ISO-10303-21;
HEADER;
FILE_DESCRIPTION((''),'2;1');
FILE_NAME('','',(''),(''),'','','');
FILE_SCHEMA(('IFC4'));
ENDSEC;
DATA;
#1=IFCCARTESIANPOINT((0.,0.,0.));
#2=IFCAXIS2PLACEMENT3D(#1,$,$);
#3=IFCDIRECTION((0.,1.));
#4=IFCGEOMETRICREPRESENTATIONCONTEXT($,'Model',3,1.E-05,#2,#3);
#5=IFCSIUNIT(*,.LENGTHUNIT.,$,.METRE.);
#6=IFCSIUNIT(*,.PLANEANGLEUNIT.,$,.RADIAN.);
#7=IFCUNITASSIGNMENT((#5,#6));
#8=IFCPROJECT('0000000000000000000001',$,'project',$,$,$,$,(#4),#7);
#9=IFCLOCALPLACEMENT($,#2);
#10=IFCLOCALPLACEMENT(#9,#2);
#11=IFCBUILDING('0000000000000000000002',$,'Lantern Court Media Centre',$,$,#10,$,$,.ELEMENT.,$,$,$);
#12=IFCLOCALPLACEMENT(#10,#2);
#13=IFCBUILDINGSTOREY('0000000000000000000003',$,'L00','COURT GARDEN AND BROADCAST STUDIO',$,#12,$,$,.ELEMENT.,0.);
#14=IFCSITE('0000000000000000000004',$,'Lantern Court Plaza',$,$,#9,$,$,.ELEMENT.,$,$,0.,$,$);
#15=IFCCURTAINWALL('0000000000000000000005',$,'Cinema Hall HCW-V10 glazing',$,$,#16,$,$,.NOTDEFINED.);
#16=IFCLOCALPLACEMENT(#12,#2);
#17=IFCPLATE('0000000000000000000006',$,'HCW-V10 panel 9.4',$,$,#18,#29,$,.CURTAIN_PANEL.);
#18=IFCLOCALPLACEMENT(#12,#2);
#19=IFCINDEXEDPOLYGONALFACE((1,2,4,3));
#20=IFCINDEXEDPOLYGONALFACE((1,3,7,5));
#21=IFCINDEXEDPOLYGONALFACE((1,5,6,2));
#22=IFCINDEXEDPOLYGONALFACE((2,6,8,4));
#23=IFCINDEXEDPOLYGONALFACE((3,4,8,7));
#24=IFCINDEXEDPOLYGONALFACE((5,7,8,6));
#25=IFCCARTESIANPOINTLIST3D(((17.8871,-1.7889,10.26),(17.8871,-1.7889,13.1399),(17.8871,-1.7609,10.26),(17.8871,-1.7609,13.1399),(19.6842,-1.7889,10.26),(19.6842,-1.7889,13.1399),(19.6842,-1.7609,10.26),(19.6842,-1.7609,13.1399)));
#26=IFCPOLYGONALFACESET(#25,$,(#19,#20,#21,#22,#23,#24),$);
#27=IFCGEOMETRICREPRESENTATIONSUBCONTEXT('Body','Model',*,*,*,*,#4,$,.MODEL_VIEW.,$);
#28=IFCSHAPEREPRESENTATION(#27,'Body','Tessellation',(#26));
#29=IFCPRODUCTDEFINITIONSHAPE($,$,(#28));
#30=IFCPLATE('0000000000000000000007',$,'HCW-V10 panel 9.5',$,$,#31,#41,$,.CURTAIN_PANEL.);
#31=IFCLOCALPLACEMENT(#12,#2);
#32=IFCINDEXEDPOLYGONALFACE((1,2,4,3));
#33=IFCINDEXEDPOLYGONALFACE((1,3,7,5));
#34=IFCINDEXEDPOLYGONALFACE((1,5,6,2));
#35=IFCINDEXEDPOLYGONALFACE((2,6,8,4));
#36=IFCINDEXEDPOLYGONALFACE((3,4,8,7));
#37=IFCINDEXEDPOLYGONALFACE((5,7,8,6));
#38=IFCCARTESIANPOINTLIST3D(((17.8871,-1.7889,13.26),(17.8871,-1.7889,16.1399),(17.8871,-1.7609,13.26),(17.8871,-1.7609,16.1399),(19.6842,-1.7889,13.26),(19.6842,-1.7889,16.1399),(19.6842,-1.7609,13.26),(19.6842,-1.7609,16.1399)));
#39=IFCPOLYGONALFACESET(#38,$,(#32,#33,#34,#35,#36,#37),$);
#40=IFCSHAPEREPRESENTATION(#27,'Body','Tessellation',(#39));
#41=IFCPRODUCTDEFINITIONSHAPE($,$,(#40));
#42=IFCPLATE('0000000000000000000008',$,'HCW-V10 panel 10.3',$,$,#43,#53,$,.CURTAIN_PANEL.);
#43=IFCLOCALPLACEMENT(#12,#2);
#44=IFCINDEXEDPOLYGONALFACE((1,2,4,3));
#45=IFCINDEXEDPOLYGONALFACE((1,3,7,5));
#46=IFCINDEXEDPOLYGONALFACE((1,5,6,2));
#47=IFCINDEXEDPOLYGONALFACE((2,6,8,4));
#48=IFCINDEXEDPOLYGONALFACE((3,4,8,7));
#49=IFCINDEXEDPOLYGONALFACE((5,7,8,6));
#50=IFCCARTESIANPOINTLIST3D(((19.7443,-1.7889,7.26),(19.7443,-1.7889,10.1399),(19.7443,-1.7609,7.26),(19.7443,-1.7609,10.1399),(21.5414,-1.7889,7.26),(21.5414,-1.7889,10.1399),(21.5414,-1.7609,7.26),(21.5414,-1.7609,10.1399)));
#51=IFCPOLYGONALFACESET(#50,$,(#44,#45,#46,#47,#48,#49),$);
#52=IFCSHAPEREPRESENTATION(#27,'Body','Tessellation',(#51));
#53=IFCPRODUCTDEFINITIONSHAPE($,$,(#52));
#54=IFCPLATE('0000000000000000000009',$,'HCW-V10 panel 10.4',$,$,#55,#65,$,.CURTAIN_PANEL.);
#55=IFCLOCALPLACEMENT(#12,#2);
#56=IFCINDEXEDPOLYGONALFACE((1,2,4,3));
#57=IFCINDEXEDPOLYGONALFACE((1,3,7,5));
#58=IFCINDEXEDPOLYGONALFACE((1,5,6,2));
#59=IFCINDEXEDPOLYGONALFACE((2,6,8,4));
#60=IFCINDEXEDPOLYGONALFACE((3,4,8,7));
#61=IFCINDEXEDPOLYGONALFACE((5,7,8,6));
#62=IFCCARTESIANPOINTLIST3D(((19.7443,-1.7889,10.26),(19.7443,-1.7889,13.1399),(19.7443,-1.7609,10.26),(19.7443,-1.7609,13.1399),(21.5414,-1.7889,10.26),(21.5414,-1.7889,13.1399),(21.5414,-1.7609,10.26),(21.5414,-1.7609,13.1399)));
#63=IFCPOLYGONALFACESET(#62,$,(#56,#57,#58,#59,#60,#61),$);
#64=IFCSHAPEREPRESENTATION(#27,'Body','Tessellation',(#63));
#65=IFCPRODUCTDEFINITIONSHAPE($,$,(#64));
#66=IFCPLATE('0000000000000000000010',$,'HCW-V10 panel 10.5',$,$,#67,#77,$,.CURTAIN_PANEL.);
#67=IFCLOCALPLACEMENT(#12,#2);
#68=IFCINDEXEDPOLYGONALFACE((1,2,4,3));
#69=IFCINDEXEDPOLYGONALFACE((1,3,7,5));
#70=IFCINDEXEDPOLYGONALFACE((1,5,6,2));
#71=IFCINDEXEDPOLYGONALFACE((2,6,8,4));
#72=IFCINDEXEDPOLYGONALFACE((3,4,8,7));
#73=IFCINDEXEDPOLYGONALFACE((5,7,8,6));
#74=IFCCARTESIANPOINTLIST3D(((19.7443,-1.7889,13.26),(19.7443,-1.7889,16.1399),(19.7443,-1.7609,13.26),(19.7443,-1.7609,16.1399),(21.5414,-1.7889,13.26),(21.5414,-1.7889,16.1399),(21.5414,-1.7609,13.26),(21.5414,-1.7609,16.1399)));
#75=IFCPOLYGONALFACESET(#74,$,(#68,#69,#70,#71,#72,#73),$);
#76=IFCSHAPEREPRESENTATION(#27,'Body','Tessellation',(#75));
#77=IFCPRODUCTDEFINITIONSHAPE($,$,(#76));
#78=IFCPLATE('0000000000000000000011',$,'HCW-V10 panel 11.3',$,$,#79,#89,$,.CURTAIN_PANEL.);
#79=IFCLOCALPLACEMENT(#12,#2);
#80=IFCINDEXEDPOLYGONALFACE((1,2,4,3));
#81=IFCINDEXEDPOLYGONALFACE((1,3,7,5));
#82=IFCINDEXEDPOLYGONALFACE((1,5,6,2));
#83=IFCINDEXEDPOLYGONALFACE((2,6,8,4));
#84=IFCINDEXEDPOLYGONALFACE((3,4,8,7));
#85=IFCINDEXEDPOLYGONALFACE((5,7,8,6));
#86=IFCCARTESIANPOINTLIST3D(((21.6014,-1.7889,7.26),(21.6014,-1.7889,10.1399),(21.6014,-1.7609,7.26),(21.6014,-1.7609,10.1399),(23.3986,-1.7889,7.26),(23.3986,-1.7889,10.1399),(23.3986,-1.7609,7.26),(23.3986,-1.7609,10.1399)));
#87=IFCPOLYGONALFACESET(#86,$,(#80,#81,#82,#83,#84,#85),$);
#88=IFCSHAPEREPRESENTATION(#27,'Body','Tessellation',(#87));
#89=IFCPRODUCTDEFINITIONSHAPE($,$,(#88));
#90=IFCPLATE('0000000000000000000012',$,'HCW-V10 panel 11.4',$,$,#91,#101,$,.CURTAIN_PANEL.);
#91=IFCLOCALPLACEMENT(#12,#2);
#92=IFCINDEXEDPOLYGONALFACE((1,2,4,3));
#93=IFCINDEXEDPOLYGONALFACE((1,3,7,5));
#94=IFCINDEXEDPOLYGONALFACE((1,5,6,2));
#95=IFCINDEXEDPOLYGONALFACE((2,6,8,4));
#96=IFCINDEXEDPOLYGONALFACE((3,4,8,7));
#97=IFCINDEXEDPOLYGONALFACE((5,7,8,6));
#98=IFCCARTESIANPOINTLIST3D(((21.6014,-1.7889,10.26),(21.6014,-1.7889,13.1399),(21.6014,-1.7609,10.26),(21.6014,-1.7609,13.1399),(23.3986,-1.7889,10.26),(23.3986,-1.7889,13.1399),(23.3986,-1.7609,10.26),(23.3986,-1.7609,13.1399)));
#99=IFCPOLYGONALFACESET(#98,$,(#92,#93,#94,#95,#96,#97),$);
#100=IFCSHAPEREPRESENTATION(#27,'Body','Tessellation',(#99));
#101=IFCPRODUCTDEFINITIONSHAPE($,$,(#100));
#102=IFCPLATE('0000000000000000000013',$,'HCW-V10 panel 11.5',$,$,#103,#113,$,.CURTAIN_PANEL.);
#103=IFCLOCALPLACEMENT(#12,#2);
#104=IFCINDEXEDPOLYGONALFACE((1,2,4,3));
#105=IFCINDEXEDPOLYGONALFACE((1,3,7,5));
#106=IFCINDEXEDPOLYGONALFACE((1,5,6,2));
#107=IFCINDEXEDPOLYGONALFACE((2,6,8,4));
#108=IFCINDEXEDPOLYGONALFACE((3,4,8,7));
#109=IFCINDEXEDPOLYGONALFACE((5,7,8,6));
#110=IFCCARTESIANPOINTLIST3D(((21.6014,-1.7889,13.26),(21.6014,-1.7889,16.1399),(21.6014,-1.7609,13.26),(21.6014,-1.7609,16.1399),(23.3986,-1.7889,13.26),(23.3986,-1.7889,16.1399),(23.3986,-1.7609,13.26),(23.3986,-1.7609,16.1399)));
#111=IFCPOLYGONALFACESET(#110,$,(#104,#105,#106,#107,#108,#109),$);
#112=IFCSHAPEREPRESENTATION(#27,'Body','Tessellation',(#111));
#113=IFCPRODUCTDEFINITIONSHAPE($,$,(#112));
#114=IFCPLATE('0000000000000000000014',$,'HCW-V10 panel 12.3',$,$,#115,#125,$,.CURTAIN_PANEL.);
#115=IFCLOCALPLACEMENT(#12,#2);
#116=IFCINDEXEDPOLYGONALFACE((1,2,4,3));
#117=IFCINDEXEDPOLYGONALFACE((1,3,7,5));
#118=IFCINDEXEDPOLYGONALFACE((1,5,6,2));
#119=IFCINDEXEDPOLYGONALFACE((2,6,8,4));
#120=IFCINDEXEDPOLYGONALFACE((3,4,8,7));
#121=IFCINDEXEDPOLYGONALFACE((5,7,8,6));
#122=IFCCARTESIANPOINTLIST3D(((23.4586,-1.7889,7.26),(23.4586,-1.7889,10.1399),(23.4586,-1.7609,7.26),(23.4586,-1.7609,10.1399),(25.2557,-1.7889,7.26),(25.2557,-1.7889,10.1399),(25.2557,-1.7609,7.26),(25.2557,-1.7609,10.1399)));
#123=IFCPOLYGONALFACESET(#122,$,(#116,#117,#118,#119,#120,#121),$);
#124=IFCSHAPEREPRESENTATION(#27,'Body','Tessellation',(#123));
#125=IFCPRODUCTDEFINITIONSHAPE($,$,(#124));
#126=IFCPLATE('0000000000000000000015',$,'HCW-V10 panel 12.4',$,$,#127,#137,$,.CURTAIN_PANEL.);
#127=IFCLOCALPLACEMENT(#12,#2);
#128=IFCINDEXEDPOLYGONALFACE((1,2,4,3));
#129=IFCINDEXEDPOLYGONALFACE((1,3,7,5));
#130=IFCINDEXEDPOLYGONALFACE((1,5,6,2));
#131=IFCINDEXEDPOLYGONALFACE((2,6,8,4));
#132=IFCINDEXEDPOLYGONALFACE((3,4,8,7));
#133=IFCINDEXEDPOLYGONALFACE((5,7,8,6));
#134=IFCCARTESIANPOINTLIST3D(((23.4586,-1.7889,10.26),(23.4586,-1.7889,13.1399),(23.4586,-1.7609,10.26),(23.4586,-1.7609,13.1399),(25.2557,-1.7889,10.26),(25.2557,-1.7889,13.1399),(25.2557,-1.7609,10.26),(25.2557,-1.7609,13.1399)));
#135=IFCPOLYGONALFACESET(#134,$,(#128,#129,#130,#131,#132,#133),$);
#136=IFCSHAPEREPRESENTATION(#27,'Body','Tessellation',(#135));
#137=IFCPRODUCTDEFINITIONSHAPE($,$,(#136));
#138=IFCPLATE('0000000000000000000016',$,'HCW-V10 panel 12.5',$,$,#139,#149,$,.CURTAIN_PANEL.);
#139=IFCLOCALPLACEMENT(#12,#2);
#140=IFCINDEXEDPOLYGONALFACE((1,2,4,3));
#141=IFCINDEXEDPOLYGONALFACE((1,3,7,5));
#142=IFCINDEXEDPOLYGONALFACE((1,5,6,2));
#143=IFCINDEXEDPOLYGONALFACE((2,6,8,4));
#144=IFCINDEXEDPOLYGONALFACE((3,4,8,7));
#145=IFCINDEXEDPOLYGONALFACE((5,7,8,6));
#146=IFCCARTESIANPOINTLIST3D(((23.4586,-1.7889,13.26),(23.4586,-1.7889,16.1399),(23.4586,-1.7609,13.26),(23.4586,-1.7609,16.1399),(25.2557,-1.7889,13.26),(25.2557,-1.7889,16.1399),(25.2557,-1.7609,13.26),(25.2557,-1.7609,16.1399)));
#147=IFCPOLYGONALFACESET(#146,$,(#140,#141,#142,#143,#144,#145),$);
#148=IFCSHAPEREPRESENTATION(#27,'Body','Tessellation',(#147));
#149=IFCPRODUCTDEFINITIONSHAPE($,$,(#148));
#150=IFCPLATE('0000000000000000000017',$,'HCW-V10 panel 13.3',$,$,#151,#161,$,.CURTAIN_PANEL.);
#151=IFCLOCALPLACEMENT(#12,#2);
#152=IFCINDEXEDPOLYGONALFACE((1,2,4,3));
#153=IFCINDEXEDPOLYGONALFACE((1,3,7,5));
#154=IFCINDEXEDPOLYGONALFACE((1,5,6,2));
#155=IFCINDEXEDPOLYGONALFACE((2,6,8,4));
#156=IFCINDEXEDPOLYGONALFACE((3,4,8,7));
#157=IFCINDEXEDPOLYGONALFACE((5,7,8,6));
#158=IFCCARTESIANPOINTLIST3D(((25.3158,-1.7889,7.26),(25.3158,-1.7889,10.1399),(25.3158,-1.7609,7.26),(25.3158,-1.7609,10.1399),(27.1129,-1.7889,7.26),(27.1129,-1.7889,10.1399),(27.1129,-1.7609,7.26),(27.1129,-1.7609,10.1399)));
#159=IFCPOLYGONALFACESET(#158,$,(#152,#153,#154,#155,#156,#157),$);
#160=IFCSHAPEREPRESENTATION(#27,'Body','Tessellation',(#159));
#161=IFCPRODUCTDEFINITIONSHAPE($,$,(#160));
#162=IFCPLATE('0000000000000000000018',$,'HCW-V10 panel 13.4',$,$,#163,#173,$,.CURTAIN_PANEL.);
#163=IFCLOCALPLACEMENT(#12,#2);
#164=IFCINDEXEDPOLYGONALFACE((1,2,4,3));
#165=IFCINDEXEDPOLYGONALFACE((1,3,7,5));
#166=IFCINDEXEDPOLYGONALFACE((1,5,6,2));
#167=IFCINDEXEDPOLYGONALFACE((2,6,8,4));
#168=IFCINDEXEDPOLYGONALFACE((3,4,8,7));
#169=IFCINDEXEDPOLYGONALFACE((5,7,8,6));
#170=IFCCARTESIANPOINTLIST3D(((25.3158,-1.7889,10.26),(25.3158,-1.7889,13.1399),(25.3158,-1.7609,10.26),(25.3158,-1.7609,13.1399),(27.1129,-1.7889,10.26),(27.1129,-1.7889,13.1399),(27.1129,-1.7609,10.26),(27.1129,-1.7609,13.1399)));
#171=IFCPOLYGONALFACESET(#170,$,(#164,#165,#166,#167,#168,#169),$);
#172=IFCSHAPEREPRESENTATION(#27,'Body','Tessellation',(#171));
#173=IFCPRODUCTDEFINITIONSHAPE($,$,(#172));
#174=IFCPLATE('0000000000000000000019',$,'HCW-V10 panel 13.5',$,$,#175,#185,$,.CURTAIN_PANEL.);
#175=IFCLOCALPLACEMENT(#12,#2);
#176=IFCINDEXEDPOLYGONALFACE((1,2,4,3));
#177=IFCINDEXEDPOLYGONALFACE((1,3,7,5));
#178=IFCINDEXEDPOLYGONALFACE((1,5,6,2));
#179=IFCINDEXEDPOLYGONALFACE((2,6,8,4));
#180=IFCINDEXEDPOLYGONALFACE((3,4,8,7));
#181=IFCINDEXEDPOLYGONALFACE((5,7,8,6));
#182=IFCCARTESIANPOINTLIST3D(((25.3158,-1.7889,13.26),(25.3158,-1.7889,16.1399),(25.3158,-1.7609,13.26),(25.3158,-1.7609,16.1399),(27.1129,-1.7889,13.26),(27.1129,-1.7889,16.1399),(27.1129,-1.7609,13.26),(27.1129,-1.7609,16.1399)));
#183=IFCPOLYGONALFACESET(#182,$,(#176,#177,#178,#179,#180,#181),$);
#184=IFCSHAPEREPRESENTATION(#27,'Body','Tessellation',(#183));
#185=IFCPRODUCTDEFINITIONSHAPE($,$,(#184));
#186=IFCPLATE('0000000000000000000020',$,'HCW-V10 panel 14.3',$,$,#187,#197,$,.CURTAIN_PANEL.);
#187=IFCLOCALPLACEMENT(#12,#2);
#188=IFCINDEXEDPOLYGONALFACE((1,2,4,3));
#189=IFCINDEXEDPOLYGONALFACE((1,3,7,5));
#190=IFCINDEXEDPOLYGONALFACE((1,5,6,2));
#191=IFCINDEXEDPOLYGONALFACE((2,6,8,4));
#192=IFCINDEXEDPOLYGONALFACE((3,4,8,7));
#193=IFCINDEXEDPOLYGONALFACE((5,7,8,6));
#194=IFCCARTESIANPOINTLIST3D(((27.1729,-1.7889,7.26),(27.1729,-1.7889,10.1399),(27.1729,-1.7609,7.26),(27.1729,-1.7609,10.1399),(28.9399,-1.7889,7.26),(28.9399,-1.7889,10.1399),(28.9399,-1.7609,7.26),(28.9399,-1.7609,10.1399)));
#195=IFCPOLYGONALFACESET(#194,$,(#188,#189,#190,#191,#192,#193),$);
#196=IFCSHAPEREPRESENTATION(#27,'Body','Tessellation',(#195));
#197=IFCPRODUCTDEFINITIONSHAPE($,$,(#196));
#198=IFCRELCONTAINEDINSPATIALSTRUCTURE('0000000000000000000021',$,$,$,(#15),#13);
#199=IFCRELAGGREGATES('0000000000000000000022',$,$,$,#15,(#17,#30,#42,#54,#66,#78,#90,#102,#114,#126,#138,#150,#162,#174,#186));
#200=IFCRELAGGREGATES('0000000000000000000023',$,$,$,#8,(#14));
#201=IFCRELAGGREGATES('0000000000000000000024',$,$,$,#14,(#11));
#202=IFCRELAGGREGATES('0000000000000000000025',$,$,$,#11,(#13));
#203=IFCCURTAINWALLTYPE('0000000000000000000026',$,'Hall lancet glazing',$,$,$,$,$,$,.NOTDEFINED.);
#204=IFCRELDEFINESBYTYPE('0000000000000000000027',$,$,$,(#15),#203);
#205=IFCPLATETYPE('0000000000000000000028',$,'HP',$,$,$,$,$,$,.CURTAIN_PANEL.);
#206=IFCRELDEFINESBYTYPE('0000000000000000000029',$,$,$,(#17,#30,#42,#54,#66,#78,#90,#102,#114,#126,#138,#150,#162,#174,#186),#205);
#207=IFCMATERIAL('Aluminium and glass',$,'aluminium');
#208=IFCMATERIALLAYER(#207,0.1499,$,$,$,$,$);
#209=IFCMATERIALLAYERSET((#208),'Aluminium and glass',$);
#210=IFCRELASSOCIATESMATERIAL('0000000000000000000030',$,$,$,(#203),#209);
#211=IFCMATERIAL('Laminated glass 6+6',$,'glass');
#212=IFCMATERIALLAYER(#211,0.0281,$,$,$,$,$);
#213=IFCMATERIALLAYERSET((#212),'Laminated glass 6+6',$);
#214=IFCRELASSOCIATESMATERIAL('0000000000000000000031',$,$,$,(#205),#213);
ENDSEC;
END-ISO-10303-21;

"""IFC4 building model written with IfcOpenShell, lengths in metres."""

from ifc_helpers import new_model, si_unit, direction, frame, origin, origin_2d, place, context, subcontext, project, spatial, rectangle, extrude, material, layer, layer_set, type_object, element, aggregate, save


model = new_model("IFC4")

# Units and contexts
model_context = context("Model", 3, precision=1e-05, world=origin(), true_north=direction((0.0, 1.0)))
body_context = subcontext(model_context, "Body", "Model", "MODEL_VIEW")
ifc_project = project(units=[si_unit("LENGTHUNIT", "METRE"), si_unit("PLANEANGLEUNIT", "RADIAN")], contexts=[model_context])

# Site, building, storey
site_placement = place(None, origin())
site = spatial("IfcSite", under=ifc_project, at=site_placement, Name="Lantern Court Plaza", CompositionType="ELEMENT", RefElevation=0.0)
building_placement = place(site_placement, origin())
building = spatial("IfcBuilding", under=site, at=building_placement, Name="Lantern Court Media Centre", CompositionType="ELEMENT")
storey_placement = place(building_placement, origin())
storey = spatial("IfcBuildingStorey", under=building, at=storey_placement, Name="L00", Description="COURT GARDEN AND BROADCAST STUDIO", CompositionType="ELEMENT", Elevation=0.0)

# Curtain wall, plates
ifc_material_1 = material(Name="Aluminium and glass", Category="aluminium")
ifc_layer_1 = layer(ifc_material_1, 0.1499)
ifc_layer_set_1 = layer_set([ifc_layer_1], Name="Aluminium and glass")
curtain_wall_type = type_object("IfcCurtainWallType", Name="Hall lancet glazing", PredefinedType="NOTDEFINED", material=ifc_layer_set_1)
curtain_wall_placement = place(storey_placement, origin())
curtain_wall = element("IfcCurtainWall", 1, at=curtain_wall_placement, inside=storey, type_object=curtain_wall_type, Name="Cinema Hall HCW-V10 glazing", PredefinedType="NOTDEFINED")
ifc_material_2 = material(Name="Laminated glass 6+6", Category="glass")
ifc_layer_2 = layer(ifc_material_2, 0.0281)
ifc_layer_set_2 = layer_set([ifc_layer_2], Name="Laminated glass 6+6")
plate_type = type_object("IfcPlateType", Name="HP", PredefinedType="CURTAIN_PANEL", material=ifc_layer_set_2)
plate_1_placement = place(storey_placement, frame((18.7856, -1.7749, 10.26), z_axis=(0.0, 0.0, 1.0), x_axis=(1.0, 0.0, 0.0)))
plate_1 = element("IfcPlate", 2, at=plate_1_placement, type_object=plate_type, Name="HCW-V10 panel 9.4", PredefinedType="CURTAIN_PANEL", context=body_context, shape_type="SweptSolid", body=[
    extrude(rectangle(XDim=1.7971, YDim=0.0281, at=origin_2d()), origin(), (0.0, 0.0, 1.0), 2.8799),
])
plate_2_placement = place(storey_placement, frame((18.7856, -1.7749, 13.26), z_axis=(0.0, 0.0, 1.0), x_axis=(1.0, 0.0, 0.0)))
plate_2 = element("IfcPlate", 3, at=plate_2_placement, type_object=plate_type, Name="HCW-V10 panel 9.5", PredefinedType="CURTAIN_PANEL", context=body_context, shape_type="SweptSolid", body=[
    extrude(rectangle(XDim=1.7971, YDim=0.0281, at=origin_2d()), origin(), (0.0, 0.0, 1.0), 2.8799),
])
plate_3_placement = place(storey_placement, frame((20.6428, -1.7749, 7.26), z_axis=(0.0, 0.0, 1.0), x_axis=(1.0, 0.0, 0.0)))
plate_3 = element("IfcPlate", 4, at=plate_3_placement, type_object=plate_type, Name="HCW-V10 panel 10.3", PredefinedType="CURTAIN_PANEL", context=body_context, shape_type="SweptSolid", body=[
    extrude(rectangle(XDim=1.7971, YDim=0.0281, at=origin_2d()), origin(), (0.0, 0.0, 1.0), 2.8799),
])
plate_4_placement = place(storey_placement, frame((20.6428, -1.7749, 10.26), z_axis=(0.0, 0.0, 1.0), x_axis=(1.0, 0.0, 0.0)))
plate_4 = element("IfcPlate", 5, at=plate_4_placement, type_object=plate_type, Name="HCW-V10 panel 10.4", PredefinedType="CURTAIN_PANEL", context=body_context, shape_type="SweptSolid", body=[
    extrude(rectangle(XDim=1.7971, YDim=0.0281, at=origin_2d()), origin(), (0.0, 0.0, 1.0), 2.8799),
])
plate_5_placement = place(storey_placement, frame((20.6428, -1.7749, 13.26), z_axis=(0.0, 0.0, 1.0), x_axis=(1.0, 0.0, 0.0)))
plate_5 = element("IfcPlate", 6, at=plate_5_placement, type_object=plate_type, Name="HCW-V10 panel 10.5", PredefinedType="CURTAIN_PANEL", context=body_context, shape_type="SweptSolid", body=[
    extrude(rectangle(XDim=1.7971, YDim=0.0281, at=origin_2d()), origin(), (0.0, 0.0, 1.0), 2.8799),
])
plate_6_placement = place(storey_placement, frame((22.5, -1.7749, 7.26), z_axis=(0.0, 0.0, 1.0), x_axis=(1.0, 0.0, 0.0)))
plate_6 = element("IfcPlate", 7, at=plate_6_placement, type_object=plate_type, Name="HCW-V10 panel 11.3", PredefinedType="CURTAIN_PANEL", context=body_context, shape_type="SweptSolid", body=[
    extrude(rectangle(XDim=1.7971, YDim=0.0281, at=origin_2d()), origin(), (0.0, 0.0, 1.0), 2.8799),
])
plate_7_placement = place(storey_placement, frame((22.5, -1.7749, 10.26), z_axis=(0.0, 0.0, 1.0), x_axis=(1.0, 0.0, 0.0)))
plate_7 = element("IfcPlate", 8, at=plate_7_placement, type_object=plate_type, Name="HCW-V10 panel 11.4", PredefinedType="CURTAIN_PANEL", context=body_context, shape_type="SweptSolid", body=[
    extrude(rectangle(XDim=1.7971, YDim=0.0281, at=origin_2d()), origin(), (0.0, 0.0, 1.0), 2.8799),
])
plate_8_placement = place(storey_placement, frame((22.5, -1.7749, 13.26), z_axis=(0.0, 0.0, 1.0), x_axis=(1.0, 0.0, 0.0)))
plate_8 = element("IfcPlate", 9, at=plate_8_placement, type_object=plate_type, Name="HCW-V10 panel 11.5", PredefinedType="CURTAIN_PANEL", context=body_context, shape_type="SweptSolid", body=[
    extrude(rectangle(XDim=1.7971, YDim=0.0281, at=origin_2d()), origin(), (0.0, 0.0, 1.0), 2.8799),
])
plate_9_placement = place(storey_placement, frame((24.3572, -1.7749, 7.26), z_axis=(0.0, 0.0, 1.0), x_axis=(1.0, 0.0, 0.0)))
plate_9 = element("IfcPlate", 10, at=plate_9_placement, type_object=plate_type, Name="HCW-V10 panel 12.3", PredefinedType="CURTAIN_PANEL", context=body_context, shape_type="SweptSolid", body=[
    extrude(rectangle(XDim=1.7971, YDim=0.0281, at=origin_2d()), origin(), (0.0, 0.0, 1.0), 2.8799),
])
plate_10_placement = place(storey_placement, frame((24.3572, -1.7749, 10.26), z_axis=(0.0, 0.0, 1.0), x_axis=(1.0, 0.0, 0.0)))
plate_10 = element("IfcPlate", 11, at=plate_10_placement, type_object=plate_type, Name="HCW-V10 panel 12.4", PredefinedType="CURTAIN_PANEL", context=body_context, shape_type="SweptSolid", body=[
    extrude(rectangle(XDim=1.7971, YDim=0.0281, at=origin_2d()), origin(), (0.0, 0.0, 1.0), 2.8799),
])
plate_11_placement = place(storey_placement, frame((24.3572, -1.7749, 13.26), z_axis=(0.0, 0.0, 1.0), x_axis=(1.0, 0.0, 0.0)))
plate_11 = element("IfcPlate", 12, at=plate_11_placement, type_object=plate_type, Name="HCW-V10 panel 12.5", PredefinedType="CURTAIN_PANEL", context=body_context, shape_type="SweptSolid", body=[
    extrude(rectangle(XDim=1.7971, YDim=0.0281, at=origin_2d()), origin(), (0.0, 0.0, 1.0), 2.8799),
])
plate_12_placement = place(storey_placement, frame((26.2144, -1.7749, 7.26), z_axis=(0.0, 0.0, 1.0), x_axis=(1.0, 0.0, 0.0)))
plate_12 = element("IfcPlate", 13, at=plate_12_placement, type_object=plate_type, Name="HCW-V10 panel 13.3", PredefinedType="CURTAIN_PANEL", context=body_context, shape_type="SweptSolid", body=[
    extrude(rectangle(XDim=1.7971, YDim=0.0281, at=origin_2d()), origin(), (0.0, 0.0, 1.0), 2.8799),
])
plate_13_placement = place(storey_placement, frame((26.2144, -1.7749, 10.26), z_axis=(0.0, 0.0, 1.0), x_axis=(1.0, 0.0, 0.0)))
plate_13 = element("IfcPlate", 14, at=plate_13_placement, type_object=plate_type, Name="HCW-V10 panel 13.4", PredefinedType="CURTAIN_PANEL", context=body_context, shape_type="SweptSolid", body=[
    extrude(rectangle(XDim=1.7971, YDim=0.0281, at=origin_2d()), origin(), (0.0, 0.0, 1.0), 2.8799),
])
plate_14_placement = place(storey_placement, frame((26.2144, -1.7749, 13.26), z_axis=(0.0, 0.0, 1.0), x_axis=(1.0, 0.0, 0.0)))
plate_14 = element("IfcPlate", 15, at=plate_14_placement, type_object=plate_type, Name="HCW-V10 panel 13.5", PredefinedType="CURTAIN_PANEL", context=body_context, shape_type="SweptSolid", body=[
    extrude(rectangle(XDim=1.7971, YDim=0.0281, at=origin_2d()), origin(), (0.0, 0.0, 1.0), 2.8799),
])
plate_15_placement = place(storey_placement, frame((28.0564, -1.7749, 7.26), z_axis=(0.0, 0.0, 1.0), x_axis=(1.0, 0.0, 0.0)))
plate_15 = element("IfcPlate", 16, at=plate_15_placement, type_object=plate_type, Name="HCW-V10 panel 14.3", PredefinedType="CURTAIN_PANEL", context=body_context, shape_type="SweptSolid", body=[
    extrude(rectangle(XDim=1.7671, YDim=0.0281, at=origin_2d()), origin(), (0.0, 0.0, 1.0), 2.8799),
])
aggregate(curtain_wall, [plate_1, plate_2, plate_3, plate_4, plate_5, plate_6, plate_7, plate_8, plate_9, plate_10, plate_11, plate_12, plate_13, plate_14, plate_15])

save(model, "model.ifc")
